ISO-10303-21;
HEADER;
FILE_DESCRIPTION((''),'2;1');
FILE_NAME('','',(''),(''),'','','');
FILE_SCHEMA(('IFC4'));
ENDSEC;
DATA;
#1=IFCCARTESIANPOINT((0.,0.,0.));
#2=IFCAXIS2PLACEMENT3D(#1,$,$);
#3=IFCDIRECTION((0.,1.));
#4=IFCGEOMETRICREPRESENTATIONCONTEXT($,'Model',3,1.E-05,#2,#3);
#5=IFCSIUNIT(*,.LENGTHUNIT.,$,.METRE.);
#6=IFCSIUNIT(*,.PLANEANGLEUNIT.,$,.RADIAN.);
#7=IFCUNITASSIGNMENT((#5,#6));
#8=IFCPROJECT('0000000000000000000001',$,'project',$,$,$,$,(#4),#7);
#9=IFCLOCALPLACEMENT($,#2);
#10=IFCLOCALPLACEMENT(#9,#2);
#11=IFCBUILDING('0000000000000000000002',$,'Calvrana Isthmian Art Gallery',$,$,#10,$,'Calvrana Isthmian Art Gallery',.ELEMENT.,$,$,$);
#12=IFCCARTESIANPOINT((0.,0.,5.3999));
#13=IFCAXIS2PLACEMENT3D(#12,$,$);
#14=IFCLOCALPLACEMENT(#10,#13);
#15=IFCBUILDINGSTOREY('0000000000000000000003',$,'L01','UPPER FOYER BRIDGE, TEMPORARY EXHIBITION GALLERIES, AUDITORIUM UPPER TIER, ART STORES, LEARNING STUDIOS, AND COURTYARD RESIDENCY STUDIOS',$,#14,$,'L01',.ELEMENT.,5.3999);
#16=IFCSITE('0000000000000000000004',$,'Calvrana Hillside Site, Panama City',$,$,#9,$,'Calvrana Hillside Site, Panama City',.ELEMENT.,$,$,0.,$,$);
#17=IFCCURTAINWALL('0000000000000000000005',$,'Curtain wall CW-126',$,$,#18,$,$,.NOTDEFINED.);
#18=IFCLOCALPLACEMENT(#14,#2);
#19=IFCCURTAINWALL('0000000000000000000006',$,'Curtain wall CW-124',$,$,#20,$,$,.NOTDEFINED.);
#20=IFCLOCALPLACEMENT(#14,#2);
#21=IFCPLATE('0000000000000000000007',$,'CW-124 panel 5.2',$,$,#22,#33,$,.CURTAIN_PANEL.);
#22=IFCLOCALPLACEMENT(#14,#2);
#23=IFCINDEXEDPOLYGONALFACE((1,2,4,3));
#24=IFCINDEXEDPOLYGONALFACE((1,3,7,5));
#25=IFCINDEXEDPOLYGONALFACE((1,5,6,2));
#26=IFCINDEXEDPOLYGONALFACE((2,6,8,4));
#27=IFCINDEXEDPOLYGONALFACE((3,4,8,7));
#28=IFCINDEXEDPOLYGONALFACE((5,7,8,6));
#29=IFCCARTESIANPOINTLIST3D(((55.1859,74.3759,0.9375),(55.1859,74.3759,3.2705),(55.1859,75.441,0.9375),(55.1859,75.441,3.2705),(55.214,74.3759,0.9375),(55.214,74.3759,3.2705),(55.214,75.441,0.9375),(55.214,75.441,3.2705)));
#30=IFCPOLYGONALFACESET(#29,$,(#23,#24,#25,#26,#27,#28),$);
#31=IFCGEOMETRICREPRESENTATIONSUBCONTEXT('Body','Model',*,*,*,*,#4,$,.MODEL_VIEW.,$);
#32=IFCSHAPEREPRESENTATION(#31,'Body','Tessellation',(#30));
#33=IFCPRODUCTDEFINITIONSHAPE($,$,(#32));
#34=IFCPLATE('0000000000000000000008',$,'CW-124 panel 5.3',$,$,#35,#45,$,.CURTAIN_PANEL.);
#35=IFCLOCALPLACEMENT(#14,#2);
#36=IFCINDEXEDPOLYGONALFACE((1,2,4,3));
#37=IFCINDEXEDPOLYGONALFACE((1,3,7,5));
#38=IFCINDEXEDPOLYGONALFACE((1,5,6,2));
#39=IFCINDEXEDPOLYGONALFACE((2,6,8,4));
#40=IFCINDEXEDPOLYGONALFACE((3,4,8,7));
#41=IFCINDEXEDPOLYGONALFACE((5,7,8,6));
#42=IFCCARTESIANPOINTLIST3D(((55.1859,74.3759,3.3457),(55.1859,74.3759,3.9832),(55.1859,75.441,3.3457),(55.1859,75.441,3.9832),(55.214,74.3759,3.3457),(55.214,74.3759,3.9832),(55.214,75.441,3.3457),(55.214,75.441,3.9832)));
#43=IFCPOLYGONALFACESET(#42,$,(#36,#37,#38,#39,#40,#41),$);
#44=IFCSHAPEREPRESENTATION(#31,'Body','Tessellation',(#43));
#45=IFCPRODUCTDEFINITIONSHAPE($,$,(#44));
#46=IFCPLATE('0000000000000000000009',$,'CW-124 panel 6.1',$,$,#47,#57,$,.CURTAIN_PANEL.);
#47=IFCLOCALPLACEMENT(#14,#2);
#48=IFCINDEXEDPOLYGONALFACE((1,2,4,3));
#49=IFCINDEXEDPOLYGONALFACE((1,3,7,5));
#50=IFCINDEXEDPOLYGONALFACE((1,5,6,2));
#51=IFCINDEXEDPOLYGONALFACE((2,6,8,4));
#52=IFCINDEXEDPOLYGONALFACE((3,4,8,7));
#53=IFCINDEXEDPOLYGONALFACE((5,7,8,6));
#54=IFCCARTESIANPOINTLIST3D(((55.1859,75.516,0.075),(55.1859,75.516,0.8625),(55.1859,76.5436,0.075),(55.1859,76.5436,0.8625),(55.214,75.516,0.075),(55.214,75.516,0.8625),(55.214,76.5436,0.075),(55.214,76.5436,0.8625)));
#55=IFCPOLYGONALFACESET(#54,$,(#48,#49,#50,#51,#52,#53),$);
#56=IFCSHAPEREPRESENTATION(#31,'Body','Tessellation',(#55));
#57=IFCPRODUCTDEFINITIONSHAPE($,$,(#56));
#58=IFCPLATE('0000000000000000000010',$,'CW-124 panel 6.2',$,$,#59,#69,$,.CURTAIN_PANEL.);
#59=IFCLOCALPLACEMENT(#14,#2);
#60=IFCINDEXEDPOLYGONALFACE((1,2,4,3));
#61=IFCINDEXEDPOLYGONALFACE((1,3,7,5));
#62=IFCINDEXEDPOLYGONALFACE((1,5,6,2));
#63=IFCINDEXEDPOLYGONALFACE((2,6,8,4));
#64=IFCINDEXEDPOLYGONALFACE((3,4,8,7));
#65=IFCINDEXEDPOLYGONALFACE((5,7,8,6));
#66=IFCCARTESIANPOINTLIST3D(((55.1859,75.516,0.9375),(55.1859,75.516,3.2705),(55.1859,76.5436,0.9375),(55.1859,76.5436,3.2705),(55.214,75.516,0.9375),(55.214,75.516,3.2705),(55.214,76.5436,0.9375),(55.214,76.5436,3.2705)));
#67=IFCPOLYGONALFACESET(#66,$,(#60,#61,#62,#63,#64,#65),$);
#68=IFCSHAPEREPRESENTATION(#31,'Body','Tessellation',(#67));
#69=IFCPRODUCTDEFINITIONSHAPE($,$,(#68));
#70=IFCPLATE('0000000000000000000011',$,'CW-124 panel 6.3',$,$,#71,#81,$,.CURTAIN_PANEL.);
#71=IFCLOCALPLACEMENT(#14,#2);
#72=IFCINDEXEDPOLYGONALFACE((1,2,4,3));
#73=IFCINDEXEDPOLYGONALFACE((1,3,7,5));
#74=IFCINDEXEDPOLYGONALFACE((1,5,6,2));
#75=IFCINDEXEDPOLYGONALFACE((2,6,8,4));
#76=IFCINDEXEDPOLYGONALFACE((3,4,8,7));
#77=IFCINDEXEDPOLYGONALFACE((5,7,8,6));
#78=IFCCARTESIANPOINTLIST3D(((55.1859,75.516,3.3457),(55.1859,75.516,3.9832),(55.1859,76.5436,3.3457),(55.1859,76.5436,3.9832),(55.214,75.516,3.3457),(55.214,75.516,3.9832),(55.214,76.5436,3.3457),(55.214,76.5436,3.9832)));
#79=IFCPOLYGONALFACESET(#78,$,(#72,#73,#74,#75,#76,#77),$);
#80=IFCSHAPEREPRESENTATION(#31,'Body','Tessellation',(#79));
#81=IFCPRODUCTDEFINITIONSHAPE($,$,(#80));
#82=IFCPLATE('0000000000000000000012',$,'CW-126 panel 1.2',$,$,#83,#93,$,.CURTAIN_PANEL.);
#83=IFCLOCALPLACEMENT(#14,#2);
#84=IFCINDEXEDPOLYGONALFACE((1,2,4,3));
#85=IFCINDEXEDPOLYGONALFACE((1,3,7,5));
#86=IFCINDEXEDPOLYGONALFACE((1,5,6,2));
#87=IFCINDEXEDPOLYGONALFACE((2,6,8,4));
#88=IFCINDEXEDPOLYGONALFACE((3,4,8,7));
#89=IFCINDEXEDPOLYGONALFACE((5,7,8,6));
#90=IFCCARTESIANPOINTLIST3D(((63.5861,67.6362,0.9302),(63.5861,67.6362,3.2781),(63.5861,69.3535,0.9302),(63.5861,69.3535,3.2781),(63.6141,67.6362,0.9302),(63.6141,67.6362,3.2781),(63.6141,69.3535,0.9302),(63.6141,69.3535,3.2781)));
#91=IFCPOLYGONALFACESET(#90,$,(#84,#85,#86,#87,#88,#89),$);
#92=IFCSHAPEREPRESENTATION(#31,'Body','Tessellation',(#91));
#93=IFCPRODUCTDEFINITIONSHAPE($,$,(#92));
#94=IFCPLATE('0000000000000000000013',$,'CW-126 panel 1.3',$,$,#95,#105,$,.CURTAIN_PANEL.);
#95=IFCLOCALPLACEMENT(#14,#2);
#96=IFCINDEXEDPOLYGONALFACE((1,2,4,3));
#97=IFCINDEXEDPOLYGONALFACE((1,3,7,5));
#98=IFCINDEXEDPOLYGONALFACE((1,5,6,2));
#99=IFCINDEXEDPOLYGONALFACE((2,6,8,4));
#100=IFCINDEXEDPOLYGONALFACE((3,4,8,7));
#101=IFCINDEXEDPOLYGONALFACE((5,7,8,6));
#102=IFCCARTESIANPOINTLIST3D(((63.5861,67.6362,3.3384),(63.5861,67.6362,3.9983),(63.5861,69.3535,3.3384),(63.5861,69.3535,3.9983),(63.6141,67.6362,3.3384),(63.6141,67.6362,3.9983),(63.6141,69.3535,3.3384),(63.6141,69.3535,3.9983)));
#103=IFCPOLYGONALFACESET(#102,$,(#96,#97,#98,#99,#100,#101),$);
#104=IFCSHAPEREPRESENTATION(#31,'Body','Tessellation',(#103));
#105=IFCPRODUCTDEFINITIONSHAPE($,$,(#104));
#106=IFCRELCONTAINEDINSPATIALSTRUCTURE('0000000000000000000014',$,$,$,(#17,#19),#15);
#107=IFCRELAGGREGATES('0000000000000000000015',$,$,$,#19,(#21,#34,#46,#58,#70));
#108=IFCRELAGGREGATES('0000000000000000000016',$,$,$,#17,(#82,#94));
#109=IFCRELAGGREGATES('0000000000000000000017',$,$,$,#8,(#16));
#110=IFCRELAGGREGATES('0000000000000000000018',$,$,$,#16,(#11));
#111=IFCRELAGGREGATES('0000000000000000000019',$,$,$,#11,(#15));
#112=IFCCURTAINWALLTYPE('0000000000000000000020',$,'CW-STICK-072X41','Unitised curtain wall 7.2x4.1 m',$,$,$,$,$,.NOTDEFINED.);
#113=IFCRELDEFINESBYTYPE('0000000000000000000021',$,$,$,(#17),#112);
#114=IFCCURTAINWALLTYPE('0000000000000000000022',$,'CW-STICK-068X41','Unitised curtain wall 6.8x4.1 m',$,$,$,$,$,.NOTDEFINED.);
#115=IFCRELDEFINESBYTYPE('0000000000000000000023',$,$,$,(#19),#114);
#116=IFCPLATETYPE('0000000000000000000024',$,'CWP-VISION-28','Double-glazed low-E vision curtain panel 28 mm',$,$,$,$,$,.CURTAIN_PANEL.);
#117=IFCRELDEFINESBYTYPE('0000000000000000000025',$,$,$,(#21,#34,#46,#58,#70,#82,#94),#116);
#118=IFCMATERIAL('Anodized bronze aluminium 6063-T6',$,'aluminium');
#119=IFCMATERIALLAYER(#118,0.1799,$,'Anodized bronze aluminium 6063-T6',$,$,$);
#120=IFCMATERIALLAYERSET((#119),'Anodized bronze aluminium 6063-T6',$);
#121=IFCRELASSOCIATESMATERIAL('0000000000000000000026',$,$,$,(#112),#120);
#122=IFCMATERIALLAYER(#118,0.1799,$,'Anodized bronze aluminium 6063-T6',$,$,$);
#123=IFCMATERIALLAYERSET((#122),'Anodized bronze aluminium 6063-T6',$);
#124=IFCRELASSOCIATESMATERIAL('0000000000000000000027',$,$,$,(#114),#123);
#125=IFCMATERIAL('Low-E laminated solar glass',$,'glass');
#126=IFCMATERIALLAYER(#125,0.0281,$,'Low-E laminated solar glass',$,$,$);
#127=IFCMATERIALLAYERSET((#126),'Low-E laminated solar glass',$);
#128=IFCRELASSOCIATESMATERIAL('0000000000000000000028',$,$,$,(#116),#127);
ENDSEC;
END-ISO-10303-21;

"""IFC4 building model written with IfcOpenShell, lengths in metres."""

from ifc_helpers import new_model, si_unit, direction, frame, origin, origin_2d, place, context, subcontext, project, spatial, rectangle, extrude, material, layer, layer_set, type_object, element, aggregate, save


model = new_model("IFC4")

# Units and contexts
model_context = context("Model", 3, precision=1e-05, world=origin(), true_north=direction((0.0, 1.0)))
body_context = subcontext(model_context, "Body", "Model", "MODEL_VIEW")
ifc_project = project(units=[si_unit("LENGTHUNIT", "METRE"), si_unit("PLANEANGLEUNIT", "RADIAN")], contexts=[model_context])

# Site, building, storey
site_placement = place(None, origin())
site = spatial("IfcSite", under=ifc_project, at=site_placement, Name="Calvrana Hillside Site, Panama City", LongName="Calvrana Hillside Site, Panama City", CompositionType="ELEMENT", RefElevation=0.0)
building_placement = place(site_placement, origin())
building = spatial("IfcBuilding", under=site, at=building_placement, Name="Calvrana Isthmian Art Gallery", LongName="Calvrana Isthmian Art Gallery", CompositionType="ELEMENT")
storey_placement = place(building_placement, frame((0.0, 0.0, 5.3999)))
storey = spatial("IfcBuildingStorey", under=building, at=storey_placement, Name="L01", Description="UPPER FOYER BRIDGE, TEMPORARY EXHIBITION GALLERIES, AUDITORIUM UPPER TIER, ART STORES, LEARNING STUDIOS, AND COURTYARD RESIDENCY STUDIOS", LongName="L01", CompositionType="ELEMENT", Elevation=5.3999)

# Curtain wall
ifc_material_1 = material(Name="Anodized bronze aluminium 6063-T6", Category="aluminium")
ifc_layer_1 = layer(ifc_material_1, 0.1799, Name="Anodized bronze aluminium 6063-T6")
ifc_layer_set_1 = layer_set([ifc_layer_1], Name="Anodized bronze aluminium 6063-T6")
curtain_wall_type_1 = type_object("IfcCurtainWallType", Name="CW-STICK-072X41", Description="Unitised curtain wall 7.2x4.1 m", PredefinedType="NOTDEFINED", material=ifc_layer_set_1)
curtain_wall_1_placement = place(storey_placement, origin())
curtain_wall_1 = element("IfcCurtainWall", 1, at=curtain_wall_1_placement, inside=storey, type_object=curtain_wall_type_1, Name="Curtain wall CW-126", PredefinedType="NOTDEFINED")

# Curtain wall
ifc_layer_2 = layer(ifc_material_1, 0.1799, Name="Anodized bronze aluminium 6063-T6")
ifc_layer_set_2 = layer_set([ifc_layer_2], Name="Anodized bronze aluminium 6063-T6")
curtain_wall_type_2 = type_object("IfcCurtainWallType", Name="CW-STICK-068X41", Description="Unitised curtain wall 6.8x4.1 m", PredefinedType="NOTDEFINED", material=ifc_layer_set_2)
curtain_wall_2_placement = place(storey_placement, origin())
curtain_wall_2 = element("IfcCurtainWall", 2, at=curtain_wall_2_placement, inside=storey, type_object=curtain_wall_type_2, Name="Curtain wall CW-124", PredefinedType="NOTDEFINED")

# Plates
ifc_material_2 = material(Name="Low-E laminated solar glass", Category="glass")
ifc_layer_3 = layer(ifc_material_2, 0.0281, Name="Low-E laminated solar glass")
ifc_layer_set_3 = layer_set([ifc_layer_3], Name="Low-E laminated solar glass")
plate_type = type_object("IfcPlateType", Name="CWP-VISION-28", Description="Double-glazed low-E vision curtain panel 28 mm", PredefinedType="CURTAIN_PANEL", material=ifc_layer_set_3)
plate_1_placement = place(storey_placement, frame((55.2, 74.9084, 0.9375), z_axis=(0.0, 0.0, 1.0), x_axis=(0.0, 1.0, 0.0)))
plate_1 = element("IfcPlate", 3, at=plate_1_placement, type_object=plate_type, Name="CW-124 panel 5.2", PredefinedType="CURTAIN_PANEL", context=body_context, shape_type="SweptSolid", body=[
    extrude(rectangle(XDim=1.0652, YDim=0.0281, at=origin_2d()), origin(), (0.0, 0.0, 1.0), 2.333),
])
plate_2_placement = place(storey_placement, frame((55.2, 74.9084, 3.3457), z_axis=(0.0, 0.0, 1.0), x_axis=(0.0, 1.0, 0.0)))
plate_2 = element("IfcPlate", 4, at=plate_2_placement, type_object=plate_type, Name="CW-124 panel 5.3", PredefinedType="CURTAIN_PANEL", context=body_context, shape_type="SweptSolid", body=[
    extrude(rectangle(XDim=1.0652, YDim=0.0281, at=origin_2d()), origin(), (0.0, 0.0, 1.0), 0.6375),
])
plate_3_placement = place(storey_placement, frame((55.2, 76.0298, 0.075), z_axis=(0.0, 0.0, 1.0), x_axis=(0.0, 1.0, 0.0)))
plate_3 = element("IfcPlate", 5, at=plate_3_placement, type_object=plate_type, Name="CW-124 panel 6.1", PredefinedType="CURTAIN_PANEL", context=body_context, shape_type="SweptSolid", body=[
    extrude(rectangle(XDim=1.0276, YDim=0.0281, at=origin_2d()), origin(), (0.0, 0.0, 1.0), 0.7876),
])
plate_4_placement = place(storey_placement, frame((55.2, 76.0298, 0.9375), z_axis=(0.0, 0.0, 1.0), x_axis=(0.0, 1.0, 0.0)))
plate_4 = element("IfcPlate", 6, at=plate_4_placement, type_object=plate_type, Name="CW-124 panel 6.2", PredefinedType="CURTAIN_PANEL", context=body_context, shape_type="SweptSolid", body=[
    extrude(rectangle(XDim=1.0276, YDim=0.0281, at=origin_2d()), origin(), (0.0, 0.0, 1.0), 2.333),
])
plate_5_placement = place(storey_placement, frame((55.2, 76.0298, 3.3457), z_axis=(0.0, 0.0, 1.0), x_axis=(0.0, 1.0, 0.0)))
plate_5 = element("IfcPlate", 7, at=plate_5_placement, type_object=plate_type, Name="CW-124 panel 6.3", PredefinedType="CURTAIN_PANEL", context=body_context, shape_type="SweptSolid", body=[
    extrude(rectangle(XDim=1.0276, YDim=0.0281, at=origin_2d()), origin(), (0.0, 0.0, 1.0), 0.6375),
])
aggregate(curtain_wall_2, [plate_1, plate_2, plate_3, plate_4, plate_5])
plate_6_placement = place(storey_placement, frame((63.6001, 68.4949, 0.9302), z_axis=(0.0, 0.0, 1.0), x_axis=(0.0, -1.0, 0.0)))
plate_6 = element("IfcPlate", 8, at=plate_6_placement, type_object=plate_type, Name="CW-126 panel 1.2", PredefinedType="CURTAIN_PANEL", context=body_context, shape_type="SweptSolid", body=[
    extrude(rectangle(XDim=1.7173, YDim=0.0281, at=origin_2d()), origin(), (0.0, 0.0, 1.0), 2.3479),
])
plate_7_placement = place(storey_placement, frame((63.6001, 68.4949, 3.3384), z_axis=(0.0, 0.0, 1.0), x_axis=(0.0, -1.0, 0.0)))
plate_7 = element("IfcPlate", 9, at=plate_7_placement, type_object=plate_type, Name="CW-126 panel 1.3", PredefinedType="CURTAIN_PANEL", context=body_context, shape_type="SweptSolid", body=[
    extrude(rectangle(XDim=1.7173, YDim=0.0281, at=origin_2d()), origin(), (0.0, 0.0, 1.0), 0.6599),
])
aggregate(curtain_wall_1, [plate_6, plate_7])

save(model, "model.ifc")
